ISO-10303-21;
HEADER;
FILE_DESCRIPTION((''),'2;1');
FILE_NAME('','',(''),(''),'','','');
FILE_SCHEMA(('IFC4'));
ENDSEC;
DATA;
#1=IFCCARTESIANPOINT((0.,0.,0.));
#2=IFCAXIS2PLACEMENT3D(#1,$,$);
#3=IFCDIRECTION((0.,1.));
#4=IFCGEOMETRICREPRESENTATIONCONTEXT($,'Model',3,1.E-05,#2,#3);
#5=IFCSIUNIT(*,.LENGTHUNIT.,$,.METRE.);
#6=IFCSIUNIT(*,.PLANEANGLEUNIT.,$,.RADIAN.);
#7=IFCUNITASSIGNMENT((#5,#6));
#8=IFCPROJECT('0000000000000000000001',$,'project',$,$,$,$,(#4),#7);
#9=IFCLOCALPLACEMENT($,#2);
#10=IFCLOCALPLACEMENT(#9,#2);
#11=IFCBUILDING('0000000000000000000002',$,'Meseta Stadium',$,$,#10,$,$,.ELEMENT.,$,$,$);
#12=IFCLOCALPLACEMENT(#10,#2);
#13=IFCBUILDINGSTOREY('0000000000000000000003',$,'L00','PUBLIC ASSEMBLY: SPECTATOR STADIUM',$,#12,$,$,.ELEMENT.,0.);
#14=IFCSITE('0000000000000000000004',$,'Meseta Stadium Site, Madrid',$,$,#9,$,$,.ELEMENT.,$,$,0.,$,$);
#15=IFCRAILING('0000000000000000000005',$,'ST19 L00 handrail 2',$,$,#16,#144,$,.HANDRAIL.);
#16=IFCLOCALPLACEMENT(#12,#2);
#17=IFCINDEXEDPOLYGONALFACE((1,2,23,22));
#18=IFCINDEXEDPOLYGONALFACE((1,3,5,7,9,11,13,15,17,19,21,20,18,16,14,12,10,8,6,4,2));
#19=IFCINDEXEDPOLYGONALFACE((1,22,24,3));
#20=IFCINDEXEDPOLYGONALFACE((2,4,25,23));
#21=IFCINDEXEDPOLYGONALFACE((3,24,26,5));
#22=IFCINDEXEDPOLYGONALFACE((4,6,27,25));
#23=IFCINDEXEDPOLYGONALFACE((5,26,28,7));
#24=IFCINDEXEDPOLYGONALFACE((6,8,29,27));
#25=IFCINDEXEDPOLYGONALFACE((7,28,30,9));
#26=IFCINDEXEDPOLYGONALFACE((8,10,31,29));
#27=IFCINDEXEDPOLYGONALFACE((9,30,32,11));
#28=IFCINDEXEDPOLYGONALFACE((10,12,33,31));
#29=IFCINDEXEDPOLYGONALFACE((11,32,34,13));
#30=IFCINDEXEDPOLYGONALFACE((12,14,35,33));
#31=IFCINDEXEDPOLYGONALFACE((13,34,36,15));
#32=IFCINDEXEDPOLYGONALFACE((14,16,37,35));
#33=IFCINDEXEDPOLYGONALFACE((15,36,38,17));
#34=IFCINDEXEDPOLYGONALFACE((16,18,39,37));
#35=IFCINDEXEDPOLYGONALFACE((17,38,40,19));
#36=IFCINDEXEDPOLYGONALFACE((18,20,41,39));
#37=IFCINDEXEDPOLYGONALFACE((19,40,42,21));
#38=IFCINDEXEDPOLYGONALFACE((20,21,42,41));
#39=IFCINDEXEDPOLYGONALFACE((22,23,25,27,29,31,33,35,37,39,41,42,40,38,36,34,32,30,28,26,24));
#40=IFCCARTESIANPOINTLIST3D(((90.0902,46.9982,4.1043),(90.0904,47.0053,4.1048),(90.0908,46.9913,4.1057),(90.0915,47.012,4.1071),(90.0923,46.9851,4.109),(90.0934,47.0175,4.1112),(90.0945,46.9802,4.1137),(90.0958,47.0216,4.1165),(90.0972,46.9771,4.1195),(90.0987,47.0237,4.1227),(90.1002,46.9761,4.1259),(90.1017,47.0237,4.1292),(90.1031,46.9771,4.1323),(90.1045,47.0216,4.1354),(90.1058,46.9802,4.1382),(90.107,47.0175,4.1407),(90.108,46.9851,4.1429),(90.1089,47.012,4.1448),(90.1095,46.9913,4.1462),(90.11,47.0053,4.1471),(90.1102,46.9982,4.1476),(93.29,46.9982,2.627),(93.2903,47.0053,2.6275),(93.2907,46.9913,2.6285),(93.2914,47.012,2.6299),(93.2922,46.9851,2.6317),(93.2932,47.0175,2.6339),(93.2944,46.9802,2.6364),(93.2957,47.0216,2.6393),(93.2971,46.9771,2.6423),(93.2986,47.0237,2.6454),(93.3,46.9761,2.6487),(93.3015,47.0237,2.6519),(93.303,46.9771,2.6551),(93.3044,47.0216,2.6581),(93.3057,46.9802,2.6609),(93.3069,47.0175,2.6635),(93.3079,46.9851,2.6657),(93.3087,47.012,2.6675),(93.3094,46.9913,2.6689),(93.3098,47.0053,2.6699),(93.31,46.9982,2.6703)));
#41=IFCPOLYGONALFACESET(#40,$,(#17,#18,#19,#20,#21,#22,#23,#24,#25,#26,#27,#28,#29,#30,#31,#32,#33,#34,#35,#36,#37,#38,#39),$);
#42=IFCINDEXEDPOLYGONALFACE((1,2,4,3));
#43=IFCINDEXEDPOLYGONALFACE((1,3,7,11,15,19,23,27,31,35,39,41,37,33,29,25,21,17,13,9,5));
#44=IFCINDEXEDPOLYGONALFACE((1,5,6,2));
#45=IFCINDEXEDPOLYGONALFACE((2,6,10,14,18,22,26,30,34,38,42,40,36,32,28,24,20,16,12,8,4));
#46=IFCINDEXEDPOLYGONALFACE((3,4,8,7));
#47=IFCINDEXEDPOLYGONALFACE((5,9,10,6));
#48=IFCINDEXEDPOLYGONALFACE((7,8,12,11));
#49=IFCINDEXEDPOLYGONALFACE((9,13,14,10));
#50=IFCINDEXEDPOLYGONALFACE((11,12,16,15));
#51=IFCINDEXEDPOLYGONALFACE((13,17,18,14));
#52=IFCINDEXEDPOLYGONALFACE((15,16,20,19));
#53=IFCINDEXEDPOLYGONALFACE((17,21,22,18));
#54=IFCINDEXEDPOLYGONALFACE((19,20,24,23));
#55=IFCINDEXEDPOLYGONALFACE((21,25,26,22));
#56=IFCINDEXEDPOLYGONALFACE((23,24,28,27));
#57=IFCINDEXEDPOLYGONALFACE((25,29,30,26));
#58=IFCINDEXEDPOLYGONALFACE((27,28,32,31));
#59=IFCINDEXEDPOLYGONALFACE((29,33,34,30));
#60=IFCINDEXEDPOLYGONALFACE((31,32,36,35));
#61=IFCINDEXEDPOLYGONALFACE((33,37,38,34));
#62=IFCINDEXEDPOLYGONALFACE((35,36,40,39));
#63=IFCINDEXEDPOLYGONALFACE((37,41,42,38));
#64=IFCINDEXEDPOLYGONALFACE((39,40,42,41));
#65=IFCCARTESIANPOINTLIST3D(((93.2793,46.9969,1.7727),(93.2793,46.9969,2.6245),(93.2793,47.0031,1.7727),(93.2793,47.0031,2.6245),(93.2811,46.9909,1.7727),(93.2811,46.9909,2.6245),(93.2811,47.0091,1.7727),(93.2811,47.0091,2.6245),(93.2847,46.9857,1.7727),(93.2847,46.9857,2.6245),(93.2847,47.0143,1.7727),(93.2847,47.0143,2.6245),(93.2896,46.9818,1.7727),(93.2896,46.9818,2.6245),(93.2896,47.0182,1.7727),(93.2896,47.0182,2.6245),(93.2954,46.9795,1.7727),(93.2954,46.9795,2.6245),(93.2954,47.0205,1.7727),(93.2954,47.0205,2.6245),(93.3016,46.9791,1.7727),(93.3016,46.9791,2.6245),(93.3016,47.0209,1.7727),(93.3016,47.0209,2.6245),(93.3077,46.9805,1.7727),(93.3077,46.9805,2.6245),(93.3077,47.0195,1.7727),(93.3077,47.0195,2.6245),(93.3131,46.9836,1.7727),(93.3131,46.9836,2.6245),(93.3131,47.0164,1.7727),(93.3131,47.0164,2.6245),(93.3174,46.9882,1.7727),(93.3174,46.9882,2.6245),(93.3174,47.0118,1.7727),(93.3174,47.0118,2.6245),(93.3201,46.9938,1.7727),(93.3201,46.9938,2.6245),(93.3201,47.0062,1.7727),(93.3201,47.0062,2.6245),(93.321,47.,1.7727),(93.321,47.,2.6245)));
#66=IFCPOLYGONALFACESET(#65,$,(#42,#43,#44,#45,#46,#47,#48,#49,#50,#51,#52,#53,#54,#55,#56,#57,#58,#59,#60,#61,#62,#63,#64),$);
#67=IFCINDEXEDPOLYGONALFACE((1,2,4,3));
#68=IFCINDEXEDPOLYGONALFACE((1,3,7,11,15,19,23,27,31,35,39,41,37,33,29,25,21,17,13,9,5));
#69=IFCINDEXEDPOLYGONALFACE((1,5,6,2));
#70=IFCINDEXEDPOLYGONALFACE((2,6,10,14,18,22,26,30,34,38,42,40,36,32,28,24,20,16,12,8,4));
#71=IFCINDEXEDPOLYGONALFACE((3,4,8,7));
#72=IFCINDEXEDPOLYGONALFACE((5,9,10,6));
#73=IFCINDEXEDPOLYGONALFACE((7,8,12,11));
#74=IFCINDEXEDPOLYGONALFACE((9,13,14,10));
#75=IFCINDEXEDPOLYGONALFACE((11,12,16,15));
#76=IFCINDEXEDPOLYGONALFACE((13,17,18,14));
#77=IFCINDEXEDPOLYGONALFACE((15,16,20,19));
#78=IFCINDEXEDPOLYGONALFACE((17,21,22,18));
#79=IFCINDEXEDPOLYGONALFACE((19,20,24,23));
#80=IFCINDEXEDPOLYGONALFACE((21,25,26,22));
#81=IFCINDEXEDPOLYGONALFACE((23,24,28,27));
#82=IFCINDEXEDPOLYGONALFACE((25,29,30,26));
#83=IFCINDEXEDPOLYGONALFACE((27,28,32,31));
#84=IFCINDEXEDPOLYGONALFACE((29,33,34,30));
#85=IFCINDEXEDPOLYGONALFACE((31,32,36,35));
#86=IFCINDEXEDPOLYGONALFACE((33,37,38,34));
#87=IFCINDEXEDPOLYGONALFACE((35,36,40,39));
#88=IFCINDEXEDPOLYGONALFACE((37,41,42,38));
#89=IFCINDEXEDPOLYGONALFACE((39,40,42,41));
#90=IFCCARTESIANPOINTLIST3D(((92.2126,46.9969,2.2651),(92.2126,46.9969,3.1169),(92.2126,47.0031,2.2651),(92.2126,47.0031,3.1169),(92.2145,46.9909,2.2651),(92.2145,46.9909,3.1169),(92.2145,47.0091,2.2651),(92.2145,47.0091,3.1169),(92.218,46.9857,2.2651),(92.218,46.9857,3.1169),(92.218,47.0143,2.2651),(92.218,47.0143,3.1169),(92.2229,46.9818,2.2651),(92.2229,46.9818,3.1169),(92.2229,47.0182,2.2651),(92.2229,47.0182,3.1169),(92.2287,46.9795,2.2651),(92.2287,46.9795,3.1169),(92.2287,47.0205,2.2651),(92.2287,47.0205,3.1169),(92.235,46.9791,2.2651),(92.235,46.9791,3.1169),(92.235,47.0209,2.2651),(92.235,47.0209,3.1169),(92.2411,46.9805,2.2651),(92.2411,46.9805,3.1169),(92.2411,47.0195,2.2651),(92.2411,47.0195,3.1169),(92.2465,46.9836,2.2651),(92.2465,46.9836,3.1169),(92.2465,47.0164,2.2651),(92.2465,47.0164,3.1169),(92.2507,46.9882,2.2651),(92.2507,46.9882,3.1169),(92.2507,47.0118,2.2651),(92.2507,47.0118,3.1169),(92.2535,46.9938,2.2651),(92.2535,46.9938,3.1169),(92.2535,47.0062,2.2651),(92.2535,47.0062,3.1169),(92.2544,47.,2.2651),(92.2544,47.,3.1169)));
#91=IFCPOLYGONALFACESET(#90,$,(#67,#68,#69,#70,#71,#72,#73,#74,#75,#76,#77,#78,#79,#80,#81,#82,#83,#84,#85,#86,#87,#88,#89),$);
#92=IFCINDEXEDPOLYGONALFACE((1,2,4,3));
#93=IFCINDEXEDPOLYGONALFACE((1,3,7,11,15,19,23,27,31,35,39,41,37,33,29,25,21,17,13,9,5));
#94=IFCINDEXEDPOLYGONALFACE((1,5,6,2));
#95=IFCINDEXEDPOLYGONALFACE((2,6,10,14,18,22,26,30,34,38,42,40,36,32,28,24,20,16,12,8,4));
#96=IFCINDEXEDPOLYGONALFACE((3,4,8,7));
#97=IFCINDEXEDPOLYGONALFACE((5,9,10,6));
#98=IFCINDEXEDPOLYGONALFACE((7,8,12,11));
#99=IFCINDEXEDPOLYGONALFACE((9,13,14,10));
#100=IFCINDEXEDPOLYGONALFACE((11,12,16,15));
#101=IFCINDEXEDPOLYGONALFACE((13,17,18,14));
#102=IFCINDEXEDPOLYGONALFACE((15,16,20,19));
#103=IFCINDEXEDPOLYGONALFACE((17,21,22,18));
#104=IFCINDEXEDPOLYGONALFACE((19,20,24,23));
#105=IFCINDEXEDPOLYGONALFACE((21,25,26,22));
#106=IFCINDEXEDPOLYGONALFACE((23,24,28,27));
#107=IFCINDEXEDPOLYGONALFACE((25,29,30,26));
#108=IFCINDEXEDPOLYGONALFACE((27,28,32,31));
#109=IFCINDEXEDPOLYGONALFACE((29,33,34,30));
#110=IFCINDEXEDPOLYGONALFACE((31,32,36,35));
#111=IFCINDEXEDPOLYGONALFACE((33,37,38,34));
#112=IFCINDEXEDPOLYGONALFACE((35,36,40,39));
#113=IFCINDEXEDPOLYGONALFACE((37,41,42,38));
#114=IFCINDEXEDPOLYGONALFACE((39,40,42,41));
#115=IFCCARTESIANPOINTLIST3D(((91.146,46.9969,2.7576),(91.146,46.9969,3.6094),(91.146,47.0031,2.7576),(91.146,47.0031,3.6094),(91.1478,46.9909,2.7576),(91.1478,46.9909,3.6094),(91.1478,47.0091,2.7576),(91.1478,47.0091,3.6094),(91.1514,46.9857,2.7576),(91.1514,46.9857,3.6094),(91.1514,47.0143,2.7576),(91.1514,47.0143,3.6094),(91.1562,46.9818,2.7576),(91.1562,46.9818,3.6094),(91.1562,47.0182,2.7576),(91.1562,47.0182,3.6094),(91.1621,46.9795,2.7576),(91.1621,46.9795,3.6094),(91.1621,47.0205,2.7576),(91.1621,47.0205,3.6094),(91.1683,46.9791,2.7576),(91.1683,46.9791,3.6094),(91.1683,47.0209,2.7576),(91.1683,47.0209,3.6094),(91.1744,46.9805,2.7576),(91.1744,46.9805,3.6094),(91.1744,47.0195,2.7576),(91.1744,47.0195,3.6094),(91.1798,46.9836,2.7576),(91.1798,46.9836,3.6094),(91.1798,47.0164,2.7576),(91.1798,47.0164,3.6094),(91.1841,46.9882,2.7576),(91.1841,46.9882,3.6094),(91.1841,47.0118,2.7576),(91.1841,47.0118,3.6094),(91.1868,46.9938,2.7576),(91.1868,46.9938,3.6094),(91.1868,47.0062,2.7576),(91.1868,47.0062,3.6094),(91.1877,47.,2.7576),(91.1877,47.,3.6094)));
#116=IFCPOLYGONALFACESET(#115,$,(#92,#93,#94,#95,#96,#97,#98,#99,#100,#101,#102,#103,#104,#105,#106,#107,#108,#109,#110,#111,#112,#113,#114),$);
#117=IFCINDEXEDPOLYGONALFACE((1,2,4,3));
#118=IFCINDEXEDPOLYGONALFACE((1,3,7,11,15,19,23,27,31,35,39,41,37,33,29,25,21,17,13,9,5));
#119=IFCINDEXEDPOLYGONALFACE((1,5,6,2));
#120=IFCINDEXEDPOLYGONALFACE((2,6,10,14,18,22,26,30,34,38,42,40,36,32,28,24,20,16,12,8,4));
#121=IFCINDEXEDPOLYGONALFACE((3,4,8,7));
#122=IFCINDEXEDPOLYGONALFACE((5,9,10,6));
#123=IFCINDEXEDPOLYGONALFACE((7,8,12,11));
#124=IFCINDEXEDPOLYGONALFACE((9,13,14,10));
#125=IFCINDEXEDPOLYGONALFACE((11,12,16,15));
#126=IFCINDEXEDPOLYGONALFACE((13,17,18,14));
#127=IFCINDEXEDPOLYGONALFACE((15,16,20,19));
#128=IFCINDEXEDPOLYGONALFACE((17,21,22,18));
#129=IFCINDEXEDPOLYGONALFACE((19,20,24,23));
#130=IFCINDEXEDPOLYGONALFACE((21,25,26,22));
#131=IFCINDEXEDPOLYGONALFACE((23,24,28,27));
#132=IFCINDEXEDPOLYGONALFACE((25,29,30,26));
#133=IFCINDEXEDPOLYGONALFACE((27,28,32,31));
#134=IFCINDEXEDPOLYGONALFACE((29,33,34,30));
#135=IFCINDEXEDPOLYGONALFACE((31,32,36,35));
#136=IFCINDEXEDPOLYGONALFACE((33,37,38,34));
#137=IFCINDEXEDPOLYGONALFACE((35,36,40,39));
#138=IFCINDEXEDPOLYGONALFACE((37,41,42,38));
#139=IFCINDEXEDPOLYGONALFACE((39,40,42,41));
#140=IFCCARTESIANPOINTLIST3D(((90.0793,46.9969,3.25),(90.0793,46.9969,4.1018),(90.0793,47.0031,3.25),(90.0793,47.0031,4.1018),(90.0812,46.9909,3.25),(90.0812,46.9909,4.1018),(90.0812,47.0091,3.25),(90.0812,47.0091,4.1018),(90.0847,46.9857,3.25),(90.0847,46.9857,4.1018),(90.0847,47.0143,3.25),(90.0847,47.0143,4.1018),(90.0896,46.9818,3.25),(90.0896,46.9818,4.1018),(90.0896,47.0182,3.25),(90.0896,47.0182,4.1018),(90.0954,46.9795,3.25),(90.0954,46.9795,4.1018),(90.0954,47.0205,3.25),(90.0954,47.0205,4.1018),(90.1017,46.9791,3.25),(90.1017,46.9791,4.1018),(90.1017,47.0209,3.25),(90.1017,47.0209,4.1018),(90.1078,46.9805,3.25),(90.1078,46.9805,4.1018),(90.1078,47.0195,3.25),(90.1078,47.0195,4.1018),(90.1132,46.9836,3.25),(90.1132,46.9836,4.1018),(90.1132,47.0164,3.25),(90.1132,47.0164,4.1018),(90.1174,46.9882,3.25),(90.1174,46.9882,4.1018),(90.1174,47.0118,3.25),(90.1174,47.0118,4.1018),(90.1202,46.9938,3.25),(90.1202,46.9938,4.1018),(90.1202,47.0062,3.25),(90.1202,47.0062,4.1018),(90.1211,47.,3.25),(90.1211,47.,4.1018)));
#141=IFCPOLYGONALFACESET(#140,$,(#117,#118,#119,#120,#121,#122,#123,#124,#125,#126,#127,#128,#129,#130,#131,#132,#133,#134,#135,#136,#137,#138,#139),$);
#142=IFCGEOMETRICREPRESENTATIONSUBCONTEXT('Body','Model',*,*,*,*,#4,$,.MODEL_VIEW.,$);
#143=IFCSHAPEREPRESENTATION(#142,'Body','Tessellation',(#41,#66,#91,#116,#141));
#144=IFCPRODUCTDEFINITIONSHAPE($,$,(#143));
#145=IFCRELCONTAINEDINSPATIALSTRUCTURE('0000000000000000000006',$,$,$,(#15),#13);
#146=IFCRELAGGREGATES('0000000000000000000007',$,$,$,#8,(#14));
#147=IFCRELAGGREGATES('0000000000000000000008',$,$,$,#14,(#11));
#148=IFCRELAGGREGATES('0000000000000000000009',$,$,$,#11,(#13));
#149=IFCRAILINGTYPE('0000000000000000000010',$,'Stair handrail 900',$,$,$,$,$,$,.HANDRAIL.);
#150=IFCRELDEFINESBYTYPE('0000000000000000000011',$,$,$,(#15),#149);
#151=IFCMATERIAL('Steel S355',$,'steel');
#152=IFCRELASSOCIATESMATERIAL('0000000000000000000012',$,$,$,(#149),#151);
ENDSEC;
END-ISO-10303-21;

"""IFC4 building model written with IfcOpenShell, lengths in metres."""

from ifc_helpers import new_model, si_unit, direction, frame, origin, origin_2d, place, context, subcontext, project, spatial, circle, extrude, material, type_object, element, save


model = new_model("IFC4")

# Units and contexts
model_context = context("Model", 3, precision=1e-05, world=origin(), true_north=direction((0.0, 1.0)))
body_context = subcontext(model_context, "Body", "Model", "MODEL_VIEW")
ifc_project = project(units=[si_unit("LENGTHUNIT", "METRE"), si_unit("PLANEANGLEUNIT", "RADIAN")], contexts=[model_context])

# Site, building, storey
site_placement = place(None, origin())
site = spatial("IfcSite", under=ifc_project, at=site_placement, Name="Meseta Stadium Site, Madrid", CompositionType="ELEMENT", RefElevation=0.0)
building_placement = place(site_placement, origin())
building = spatial("IfcBuilding", under=site, at=building_placement, Name="Meseta Stadium", CompositionType="ELEMENT")
storey_placement = place(building_placement, origin())
storey = spatial("IfcBuildingStorey", under=building, at=storey_placement, Name="L00", Description="PUBLIC ASSEMBLY: SPECTATOR STADIUM", CompositionType="ELEMENT", Elevation=0.0)

# Railing
ifc_material_1 = material(Name="Steel S355", Category="steel")
railing_type_1 = type_object("IfcRailingType", Name="Stair handrail 900", PredefinedType="HANDRAIL", material=ifc_material_1)
for number, where, name in (
    (1, (93.3, 47.0, 1.7727), "ST19 L00 handrail 2"),
):
    element("IfcRailing", number, at=place(storey_placement, frame(where)), inside=storey, type_object=railing_type_1, Name=name, PredefinedType="HANDRAIL", context=body_context, shape_type="SweptSolid", body=[
        extrude(circle(Radius=0.0239, at=origin_2d()), frame((0.0, 0.0, 0.876), z_axis=(-0.907917, 0.0, 0.41915), x_axis=(0.0, -1.0, 0.0)), (0.0, 0.0, 1.0), 3.5244),
        extrude(circle(Radius=0.021, at=origin_2d()), origin(), (0.0, 0.0, 1.0), 0.8518),
        extrude(circle(Radius=0.021, at=origin_2d()), frame((-1.0667, 0.0, 0.4924)), (0.0, 0.0, 1.0), 0.8518),
        extrude(circle(Radius=0.021, at=origin_2d()), frame((-2.1333, 0.0, 0.9849)), (0.0, 0.0, 1.0), 0.8518),
        extrude(circle(Radius=0.021, at=origin_2d()), frame((-3.2, 0.0, 1.4773)), (0.0, 0.0, 1.0), 0.8518),
    ])

save(model, "model.ifc")
